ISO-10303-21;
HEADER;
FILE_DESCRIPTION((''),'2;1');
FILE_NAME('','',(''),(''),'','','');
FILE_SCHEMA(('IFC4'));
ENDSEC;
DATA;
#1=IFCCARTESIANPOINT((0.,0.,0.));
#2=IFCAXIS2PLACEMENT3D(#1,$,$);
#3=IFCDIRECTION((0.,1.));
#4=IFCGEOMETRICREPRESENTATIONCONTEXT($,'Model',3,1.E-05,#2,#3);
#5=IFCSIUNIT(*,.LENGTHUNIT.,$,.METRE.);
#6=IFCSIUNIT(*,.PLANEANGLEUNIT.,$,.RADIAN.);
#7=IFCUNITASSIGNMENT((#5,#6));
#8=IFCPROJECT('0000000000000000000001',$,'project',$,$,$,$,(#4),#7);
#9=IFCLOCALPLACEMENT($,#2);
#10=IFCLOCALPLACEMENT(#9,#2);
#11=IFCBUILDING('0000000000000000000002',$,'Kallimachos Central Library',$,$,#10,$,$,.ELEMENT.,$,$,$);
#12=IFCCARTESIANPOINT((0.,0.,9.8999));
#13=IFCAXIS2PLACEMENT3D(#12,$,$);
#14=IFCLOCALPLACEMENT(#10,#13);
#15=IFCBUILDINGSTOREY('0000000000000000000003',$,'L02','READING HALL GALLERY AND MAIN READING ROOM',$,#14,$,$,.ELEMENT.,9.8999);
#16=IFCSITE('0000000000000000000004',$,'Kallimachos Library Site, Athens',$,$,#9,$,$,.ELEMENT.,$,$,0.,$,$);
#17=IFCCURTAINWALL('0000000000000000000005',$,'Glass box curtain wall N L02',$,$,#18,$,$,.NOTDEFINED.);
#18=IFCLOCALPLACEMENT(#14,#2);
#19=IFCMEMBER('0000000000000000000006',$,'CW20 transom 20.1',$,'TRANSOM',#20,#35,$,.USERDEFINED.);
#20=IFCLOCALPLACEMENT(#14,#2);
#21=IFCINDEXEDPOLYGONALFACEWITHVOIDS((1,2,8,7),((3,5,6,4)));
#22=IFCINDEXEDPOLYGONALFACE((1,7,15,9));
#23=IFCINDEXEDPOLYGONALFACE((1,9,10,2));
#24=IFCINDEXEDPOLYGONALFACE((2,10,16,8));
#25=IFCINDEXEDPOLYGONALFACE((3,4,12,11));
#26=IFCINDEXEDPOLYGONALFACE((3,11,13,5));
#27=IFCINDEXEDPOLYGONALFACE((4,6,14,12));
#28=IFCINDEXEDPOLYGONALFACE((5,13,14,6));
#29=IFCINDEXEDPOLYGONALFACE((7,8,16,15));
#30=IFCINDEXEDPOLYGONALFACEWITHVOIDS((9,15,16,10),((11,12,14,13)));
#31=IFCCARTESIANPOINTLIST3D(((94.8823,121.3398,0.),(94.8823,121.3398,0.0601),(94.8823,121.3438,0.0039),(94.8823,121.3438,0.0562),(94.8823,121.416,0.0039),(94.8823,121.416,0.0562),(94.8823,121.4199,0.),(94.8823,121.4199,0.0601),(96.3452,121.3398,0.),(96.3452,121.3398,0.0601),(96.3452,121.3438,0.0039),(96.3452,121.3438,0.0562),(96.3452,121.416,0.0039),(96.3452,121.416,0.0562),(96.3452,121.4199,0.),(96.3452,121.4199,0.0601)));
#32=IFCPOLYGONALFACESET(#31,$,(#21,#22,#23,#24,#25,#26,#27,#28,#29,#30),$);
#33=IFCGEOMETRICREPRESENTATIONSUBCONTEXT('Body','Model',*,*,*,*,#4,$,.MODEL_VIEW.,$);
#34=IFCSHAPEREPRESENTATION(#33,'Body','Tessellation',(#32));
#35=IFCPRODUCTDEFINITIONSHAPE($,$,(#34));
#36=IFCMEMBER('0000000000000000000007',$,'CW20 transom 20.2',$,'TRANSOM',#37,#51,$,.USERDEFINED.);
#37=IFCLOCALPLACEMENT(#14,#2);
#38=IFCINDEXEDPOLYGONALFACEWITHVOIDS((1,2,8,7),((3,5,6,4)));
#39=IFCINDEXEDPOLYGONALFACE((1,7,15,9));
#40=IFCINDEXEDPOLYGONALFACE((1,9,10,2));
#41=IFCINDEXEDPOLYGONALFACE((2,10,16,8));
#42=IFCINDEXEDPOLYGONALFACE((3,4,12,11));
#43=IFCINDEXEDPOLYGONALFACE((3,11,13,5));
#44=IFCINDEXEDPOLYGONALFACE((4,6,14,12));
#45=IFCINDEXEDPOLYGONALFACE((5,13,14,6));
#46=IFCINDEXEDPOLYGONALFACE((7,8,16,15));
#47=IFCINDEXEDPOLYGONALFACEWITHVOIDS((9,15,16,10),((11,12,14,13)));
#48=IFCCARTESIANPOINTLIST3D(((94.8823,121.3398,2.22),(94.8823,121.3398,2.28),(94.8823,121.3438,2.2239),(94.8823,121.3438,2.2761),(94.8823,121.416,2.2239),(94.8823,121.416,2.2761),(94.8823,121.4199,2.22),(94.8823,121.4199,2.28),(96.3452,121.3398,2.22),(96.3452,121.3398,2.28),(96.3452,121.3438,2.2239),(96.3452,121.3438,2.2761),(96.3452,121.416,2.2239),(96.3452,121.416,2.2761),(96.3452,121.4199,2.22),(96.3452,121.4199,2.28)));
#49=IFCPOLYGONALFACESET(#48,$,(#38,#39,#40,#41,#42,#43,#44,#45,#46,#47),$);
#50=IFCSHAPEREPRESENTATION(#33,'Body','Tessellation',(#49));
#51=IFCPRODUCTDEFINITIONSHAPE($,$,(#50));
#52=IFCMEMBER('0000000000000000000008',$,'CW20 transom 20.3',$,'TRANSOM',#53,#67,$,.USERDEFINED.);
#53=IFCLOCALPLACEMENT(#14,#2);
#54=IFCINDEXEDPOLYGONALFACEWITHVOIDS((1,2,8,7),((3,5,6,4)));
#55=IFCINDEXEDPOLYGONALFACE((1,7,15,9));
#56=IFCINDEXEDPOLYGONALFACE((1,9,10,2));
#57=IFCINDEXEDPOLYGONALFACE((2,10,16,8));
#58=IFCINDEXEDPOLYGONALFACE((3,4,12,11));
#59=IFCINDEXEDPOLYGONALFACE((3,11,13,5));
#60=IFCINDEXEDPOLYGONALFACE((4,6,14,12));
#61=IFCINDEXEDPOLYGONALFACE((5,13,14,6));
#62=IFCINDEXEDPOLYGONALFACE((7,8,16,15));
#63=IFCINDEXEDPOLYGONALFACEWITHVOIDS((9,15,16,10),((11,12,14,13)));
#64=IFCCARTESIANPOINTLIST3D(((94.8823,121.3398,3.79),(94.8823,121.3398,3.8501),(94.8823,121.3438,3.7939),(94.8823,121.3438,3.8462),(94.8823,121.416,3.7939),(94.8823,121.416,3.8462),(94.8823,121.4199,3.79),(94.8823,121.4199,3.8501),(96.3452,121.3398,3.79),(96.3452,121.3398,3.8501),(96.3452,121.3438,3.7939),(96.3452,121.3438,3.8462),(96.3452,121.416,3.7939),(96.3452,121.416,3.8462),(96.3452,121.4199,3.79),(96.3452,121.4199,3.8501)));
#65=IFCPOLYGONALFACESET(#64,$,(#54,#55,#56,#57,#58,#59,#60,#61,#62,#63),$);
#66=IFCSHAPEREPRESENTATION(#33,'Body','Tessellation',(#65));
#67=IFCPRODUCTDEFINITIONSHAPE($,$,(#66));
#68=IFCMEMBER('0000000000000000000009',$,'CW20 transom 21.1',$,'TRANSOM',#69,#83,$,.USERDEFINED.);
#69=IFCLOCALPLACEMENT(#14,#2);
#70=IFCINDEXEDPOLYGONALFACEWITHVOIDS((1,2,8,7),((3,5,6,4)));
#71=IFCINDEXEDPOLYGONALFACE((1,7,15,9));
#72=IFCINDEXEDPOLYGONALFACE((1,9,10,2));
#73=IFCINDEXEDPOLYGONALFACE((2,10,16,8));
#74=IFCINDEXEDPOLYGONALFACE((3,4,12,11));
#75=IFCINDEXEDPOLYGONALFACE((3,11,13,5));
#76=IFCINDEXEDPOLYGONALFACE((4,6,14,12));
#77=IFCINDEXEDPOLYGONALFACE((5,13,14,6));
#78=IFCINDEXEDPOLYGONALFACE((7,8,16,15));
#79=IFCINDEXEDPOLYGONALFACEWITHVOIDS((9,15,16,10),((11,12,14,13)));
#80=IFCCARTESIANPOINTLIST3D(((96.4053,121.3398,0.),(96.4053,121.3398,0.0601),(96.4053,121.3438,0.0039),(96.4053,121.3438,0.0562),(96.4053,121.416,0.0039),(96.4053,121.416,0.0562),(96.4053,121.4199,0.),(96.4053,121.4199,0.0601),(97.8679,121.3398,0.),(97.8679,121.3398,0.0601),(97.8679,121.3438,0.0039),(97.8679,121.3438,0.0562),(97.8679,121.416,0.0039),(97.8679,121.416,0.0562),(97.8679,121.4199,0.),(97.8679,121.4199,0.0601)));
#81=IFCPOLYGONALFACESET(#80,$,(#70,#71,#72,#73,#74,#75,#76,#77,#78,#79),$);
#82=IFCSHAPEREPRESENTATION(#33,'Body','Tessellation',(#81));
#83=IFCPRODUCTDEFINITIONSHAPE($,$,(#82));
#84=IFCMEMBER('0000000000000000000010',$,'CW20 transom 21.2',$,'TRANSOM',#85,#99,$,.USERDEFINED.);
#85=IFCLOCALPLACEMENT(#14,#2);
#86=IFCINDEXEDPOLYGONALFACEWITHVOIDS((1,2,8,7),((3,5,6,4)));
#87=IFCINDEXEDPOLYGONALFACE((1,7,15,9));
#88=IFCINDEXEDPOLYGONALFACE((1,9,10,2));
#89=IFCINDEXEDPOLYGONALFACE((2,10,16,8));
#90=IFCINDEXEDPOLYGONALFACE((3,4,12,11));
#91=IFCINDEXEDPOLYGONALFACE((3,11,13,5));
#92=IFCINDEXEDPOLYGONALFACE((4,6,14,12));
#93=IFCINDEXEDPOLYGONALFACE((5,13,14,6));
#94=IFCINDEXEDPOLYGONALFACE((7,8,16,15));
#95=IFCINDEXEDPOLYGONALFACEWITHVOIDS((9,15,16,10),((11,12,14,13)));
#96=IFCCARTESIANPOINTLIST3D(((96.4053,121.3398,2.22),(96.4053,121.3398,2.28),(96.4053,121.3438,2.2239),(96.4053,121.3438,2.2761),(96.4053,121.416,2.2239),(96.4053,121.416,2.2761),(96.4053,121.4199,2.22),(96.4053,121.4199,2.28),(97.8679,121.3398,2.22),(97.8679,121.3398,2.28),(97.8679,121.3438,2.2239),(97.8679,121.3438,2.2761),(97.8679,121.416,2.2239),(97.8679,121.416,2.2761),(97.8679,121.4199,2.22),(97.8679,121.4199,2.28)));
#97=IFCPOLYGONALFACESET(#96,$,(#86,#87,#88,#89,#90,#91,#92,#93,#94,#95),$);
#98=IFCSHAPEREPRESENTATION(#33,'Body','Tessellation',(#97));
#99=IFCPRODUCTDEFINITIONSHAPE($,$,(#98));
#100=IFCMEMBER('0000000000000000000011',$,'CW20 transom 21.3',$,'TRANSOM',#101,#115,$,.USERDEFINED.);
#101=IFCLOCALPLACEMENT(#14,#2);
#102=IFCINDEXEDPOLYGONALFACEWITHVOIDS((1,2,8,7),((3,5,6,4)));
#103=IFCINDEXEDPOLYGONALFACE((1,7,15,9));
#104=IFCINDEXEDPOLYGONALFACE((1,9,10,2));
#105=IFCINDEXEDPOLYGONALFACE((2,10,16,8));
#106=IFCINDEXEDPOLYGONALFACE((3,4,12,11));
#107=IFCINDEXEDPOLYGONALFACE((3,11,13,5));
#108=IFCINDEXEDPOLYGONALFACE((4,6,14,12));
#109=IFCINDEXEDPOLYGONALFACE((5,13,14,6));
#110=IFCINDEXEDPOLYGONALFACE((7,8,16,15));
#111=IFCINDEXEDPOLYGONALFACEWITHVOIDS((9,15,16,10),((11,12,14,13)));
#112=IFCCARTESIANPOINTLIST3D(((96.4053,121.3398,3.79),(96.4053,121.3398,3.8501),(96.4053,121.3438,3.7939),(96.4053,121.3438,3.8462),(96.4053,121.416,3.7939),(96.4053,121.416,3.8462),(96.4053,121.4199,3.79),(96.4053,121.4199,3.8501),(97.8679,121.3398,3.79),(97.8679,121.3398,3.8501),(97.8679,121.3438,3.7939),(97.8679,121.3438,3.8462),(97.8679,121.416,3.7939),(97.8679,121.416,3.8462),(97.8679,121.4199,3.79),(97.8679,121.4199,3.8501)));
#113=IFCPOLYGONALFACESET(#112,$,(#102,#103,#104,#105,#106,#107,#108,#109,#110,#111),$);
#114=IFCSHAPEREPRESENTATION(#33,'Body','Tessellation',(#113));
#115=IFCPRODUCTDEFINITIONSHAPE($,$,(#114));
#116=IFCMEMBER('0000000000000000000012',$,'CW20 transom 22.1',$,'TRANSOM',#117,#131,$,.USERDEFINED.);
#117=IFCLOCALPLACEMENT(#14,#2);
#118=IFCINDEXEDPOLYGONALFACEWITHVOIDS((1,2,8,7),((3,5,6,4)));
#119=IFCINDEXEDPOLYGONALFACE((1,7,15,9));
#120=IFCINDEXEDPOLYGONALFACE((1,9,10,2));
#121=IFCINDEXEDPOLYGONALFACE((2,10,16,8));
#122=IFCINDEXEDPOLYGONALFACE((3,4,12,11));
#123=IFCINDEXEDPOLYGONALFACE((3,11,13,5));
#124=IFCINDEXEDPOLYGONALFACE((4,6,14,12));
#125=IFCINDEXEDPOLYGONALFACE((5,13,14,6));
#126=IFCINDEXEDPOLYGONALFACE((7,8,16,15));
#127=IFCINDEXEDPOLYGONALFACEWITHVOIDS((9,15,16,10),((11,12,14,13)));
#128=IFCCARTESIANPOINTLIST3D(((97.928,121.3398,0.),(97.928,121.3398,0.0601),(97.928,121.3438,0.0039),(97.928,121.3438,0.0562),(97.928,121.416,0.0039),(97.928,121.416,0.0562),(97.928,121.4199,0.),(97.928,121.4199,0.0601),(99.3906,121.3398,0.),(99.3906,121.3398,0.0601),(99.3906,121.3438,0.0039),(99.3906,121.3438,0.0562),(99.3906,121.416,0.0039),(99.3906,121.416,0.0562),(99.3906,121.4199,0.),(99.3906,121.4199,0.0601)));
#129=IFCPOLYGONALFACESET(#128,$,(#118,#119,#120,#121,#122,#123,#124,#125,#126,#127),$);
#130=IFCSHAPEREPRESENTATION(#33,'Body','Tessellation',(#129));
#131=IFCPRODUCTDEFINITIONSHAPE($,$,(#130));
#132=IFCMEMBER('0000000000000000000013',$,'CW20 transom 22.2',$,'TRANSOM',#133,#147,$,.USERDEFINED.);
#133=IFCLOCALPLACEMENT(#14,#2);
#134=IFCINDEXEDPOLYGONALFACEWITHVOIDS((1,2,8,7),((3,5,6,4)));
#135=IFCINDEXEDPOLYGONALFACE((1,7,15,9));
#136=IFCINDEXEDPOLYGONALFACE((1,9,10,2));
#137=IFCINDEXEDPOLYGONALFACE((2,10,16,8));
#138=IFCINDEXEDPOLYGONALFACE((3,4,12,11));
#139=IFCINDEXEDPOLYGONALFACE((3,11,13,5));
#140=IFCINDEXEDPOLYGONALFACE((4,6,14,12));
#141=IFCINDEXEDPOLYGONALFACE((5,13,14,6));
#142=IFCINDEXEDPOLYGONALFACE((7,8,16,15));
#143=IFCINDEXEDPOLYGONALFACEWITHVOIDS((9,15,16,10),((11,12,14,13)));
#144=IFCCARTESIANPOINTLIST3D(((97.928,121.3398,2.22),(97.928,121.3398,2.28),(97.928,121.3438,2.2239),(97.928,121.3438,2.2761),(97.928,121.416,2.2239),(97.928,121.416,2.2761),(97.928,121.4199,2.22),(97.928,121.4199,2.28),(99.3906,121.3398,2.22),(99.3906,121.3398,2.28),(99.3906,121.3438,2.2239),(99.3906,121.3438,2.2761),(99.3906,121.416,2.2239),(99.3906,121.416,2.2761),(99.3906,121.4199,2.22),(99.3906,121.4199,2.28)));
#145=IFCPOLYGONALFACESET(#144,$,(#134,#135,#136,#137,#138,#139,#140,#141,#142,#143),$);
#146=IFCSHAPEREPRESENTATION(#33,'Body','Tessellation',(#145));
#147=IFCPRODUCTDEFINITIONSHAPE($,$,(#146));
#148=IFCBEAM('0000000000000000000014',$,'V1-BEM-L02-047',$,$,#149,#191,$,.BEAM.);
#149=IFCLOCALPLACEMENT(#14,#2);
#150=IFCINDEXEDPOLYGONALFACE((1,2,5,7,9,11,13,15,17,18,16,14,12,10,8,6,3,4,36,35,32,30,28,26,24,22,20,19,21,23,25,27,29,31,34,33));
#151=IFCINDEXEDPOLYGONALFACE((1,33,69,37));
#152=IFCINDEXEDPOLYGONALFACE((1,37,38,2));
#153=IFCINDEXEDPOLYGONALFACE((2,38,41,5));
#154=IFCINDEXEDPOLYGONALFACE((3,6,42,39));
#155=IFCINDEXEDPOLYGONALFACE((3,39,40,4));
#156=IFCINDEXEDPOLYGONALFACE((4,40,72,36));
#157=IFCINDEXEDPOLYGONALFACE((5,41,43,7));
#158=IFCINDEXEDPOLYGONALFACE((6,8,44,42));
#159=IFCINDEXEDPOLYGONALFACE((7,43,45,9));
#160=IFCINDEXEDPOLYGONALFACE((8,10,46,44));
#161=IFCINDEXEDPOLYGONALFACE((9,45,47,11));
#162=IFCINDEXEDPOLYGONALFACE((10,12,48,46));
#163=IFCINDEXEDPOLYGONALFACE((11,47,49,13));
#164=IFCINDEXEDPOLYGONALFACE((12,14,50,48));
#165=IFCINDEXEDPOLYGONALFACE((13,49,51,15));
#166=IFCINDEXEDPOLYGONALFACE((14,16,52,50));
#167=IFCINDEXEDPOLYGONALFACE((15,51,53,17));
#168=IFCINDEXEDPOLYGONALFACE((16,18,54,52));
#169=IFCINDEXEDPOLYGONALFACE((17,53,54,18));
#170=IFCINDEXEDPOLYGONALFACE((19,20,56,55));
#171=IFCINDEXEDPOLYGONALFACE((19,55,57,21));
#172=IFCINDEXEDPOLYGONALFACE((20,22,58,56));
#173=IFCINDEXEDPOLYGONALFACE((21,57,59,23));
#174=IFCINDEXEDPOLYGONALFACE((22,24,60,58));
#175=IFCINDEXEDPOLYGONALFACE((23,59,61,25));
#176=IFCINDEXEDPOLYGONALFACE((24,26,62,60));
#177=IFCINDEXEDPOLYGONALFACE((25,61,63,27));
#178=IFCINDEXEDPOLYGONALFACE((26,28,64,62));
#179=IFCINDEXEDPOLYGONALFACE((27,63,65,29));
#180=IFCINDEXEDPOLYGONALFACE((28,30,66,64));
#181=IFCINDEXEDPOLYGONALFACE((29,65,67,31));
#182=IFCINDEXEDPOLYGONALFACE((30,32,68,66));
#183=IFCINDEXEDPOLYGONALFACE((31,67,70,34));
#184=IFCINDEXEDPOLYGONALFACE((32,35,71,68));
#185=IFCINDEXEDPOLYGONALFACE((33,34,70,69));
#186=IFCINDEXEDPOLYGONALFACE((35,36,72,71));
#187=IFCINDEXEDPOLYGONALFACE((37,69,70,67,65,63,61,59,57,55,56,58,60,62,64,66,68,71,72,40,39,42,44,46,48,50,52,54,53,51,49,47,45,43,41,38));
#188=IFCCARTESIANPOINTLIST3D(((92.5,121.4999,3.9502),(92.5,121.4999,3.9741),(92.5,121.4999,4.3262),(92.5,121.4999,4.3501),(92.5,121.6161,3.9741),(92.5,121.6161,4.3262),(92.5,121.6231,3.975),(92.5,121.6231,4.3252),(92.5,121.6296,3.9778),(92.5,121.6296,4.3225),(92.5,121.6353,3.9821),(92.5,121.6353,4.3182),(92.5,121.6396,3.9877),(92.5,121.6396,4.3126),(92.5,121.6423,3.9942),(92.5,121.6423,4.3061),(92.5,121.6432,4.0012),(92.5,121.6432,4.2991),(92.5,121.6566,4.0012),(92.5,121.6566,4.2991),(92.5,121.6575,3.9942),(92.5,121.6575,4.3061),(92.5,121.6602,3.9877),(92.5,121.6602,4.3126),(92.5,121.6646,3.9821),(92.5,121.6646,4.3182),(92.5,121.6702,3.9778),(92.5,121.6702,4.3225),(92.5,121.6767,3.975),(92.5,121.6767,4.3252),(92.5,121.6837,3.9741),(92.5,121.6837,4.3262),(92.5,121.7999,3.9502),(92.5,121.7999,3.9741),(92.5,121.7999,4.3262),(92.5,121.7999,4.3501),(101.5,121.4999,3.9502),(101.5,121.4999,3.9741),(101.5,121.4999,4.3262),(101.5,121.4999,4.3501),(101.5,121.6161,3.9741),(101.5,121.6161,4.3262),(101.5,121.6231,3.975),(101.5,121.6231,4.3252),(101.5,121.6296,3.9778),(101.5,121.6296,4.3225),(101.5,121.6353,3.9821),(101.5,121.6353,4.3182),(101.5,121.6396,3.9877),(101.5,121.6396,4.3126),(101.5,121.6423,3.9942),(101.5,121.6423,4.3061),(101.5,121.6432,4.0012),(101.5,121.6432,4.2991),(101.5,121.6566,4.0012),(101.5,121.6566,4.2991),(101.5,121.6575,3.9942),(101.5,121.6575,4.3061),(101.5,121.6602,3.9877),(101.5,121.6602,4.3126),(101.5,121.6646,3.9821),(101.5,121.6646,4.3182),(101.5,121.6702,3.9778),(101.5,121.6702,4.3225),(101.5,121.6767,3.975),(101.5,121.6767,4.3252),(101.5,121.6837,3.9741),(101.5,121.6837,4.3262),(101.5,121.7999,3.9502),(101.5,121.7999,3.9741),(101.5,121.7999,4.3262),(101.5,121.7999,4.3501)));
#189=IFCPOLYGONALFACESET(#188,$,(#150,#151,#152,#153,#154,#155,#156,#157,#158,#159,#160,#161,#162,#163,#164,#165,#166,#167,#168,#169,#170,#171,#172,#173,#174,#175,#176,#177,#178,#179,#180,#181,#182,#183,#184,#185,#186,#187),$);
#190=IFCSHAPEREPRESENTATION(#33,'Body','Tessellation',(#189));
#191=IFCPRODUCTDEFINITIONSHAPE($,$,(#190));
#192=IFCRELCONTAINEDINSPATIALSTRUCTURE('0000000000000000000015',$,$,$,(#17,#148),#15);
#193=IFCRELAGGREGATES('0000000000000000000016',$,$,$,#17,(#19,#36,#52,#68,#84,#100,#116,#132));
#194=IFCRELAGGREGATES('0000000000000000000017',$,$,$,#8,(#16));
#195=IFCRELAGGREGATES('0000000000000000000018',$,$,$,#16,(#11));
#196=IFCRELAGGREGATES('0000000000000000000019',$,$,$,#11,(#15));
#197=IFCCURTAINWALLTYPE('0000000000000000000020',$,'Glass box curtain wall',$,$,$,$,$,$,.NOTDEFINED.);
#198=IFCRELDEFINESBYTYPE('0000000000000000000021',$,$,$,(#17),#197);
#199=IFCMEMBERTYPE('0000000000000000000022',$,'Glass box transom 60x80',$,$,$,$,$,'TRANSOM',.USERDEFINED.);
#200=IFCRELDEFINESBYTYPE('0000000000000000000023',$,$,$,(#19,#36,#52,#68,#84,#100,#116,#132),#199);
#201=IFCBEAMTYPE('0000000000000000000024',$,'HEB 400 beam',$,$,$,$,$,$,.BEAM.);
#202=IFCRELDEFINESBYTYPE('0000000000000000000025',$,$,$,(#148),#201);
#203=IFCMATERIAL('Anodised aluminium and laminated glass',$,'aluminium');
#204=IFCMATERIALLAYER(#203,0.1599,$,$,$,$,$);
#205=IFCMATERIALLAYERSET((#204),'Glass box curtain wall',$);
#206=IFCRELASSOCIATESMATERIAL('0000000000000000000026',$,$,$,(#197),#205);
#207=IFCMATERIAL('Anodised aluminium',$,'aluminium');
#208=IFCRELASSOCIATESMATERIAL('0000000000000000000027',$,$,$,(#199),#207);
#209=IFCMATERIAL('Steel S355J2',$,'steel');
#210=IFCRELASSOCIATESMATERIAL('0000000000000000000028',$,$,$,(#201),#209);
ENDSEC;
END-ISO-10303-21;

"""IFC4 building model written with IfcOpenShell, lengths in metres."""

from ifc_helpers import new_model, si_unit, direction, frame, origin, origin_2d, place, context, subcontext, project, spatial, hollow_rectangle, i_section, extrude, material, layer, layer_set, material_profile, profile_set, type_object, element, aggregate, save


model = new_model("IFC4")

# Units and contexts
model_context = context("Model", 3, precision=1e-05, world=origin(), true_north=direction((0.0, 1.0)))
body_context = subcontext(model_context, "Body", "Model", "MODEL_VIEW")
ifc_project = project(units=[si_unit("LENGTHUNIT", "METRE"), si_unit("PLANEANGLEUNIT", "RADIAN")], contexts=[model_context])

# Site, building, storey
site_placement = place(None, origin())
site = spatial("IfcSite", under=ifc_project, at=site_placement, Name="Kallimachos Library Site, Athens", CompositionType="ELEMENT", RefElevation=0.0)
building_placement = place(site_placement, origin())
building = spatial("IfcBuilding", under=site, at=building_placement, Name="Kallimachos Central Library", CompositionType="ELEMENT")
storey_placement = place(building_placement, frame((0.0, 0.0, 9.8999)))
storey = spatial("IfcBuildingStorey", under=building, at=storey_placement, Name="L02", Description="READING HALL GALLERY AND MAIN READING ROOM", CompositionType="ELEMENT", Elevation=9.8999)

# Curtain wall, members
ifc_material_1 = material(Name="Anodised aluminium and laminated glass", Category="aluminium")
ifc_layer_1 = layer(ifc_material_1, 0.1599)
ifc_layer_set_1 = layer_set([ifc_layer_1], Name="Glass box curtain wall")
curtain_wall_type = type_object("IfcCurtainWallType", Name="Glass box curtain wall", PredefinedType="NOTDEFINED", material=ifc_layer_set_1)
curtain_wall_placement = place(storey_placement, origin())
curtain_wall = element("IfcCurtainWall", 1, at=curtain_wall_placement, inside=storey, type_object=curtain_wall_type, Name="Glass box curtain wall N L02", PredefinedType="NOTDEFINED")
ifc_material_2 = material(Name="Anodised aluminium", Category="aluminium")
ifc_material_profile_1 = material_profile(ifc_material_2, hollow_rectangle(XDim=0.0601, YDim=0.0801, WallThickness=0.0039, at=origin_2d()), Name="ALU TRANSOM 60x80")
ifc_profile_set_1 = profile_set([ifc_material_profile_1], Name="Anodised aluminium")
member_type_1 = type_object("IfcMemberType", Name="Glass box transom 60x80", ElementType="TRANSOM", PredefinedType="USERDEFINED", material=ifc_profile_set_1)
member_1_placement = place(storey_placement, frame((94.8823, 121.3799, 0.03), z_axis=(1.0, 0.0, 0.0), x_axis=(0.0, 0.0, 1.0)))
member_1 = element("IfcMember", 2, at=member_1_placement, type_object=member_type_1, Name="CW20 transom 20.1", ObjectType="TRANSOM", PredefinedType="USERDEFINED", context=body_context, shape_type="SweptSolid", body=[
    extrude(hollow_rectangle(XDim=0.0601, YDim=0.0801, WallThickness=0.0039, at=origin_2d()), origin(), (0.0, 0.0, 1.0), 1.4629),
])
member_2_placement = place(storey_placement, frame((94.8823, 121.3799, 2.25), z_axis=(1.0, 0.0, 0.0), x_axis=(0.0, 0.0, 1.0)))
member_2 = element("IfcMember", 3, at=member_2_placement, type_object=member_type_1, Name="CW20 transom 20.2", ObjectType="TRANSOM", PredefinedType="USERDEFINED", context=body_context, shape_type="SweptSolid", body=[
    extrude(hollow_rectangle(XDim=0.0601, YDim=0.0801, WallThickness=0.0039, at=origin_2d()), origin(), (0.0, 0.0, 1.0), 1.4629),
])
member_3_placement = place(storey_placement, frame((94.8823, 121.3799, 3.8201), z_axis=(1.0, 0.0, 0.0), x_axis=(0.0, 0.0, 1.0)))
member_3 = element("IfcMember", 4, at=member_3_placement, type_object=member_type_1, Name="CW20 transom 20.3", ObjectType="TRANSOM", PredefinedType="USERDEFINED", context=body_context, shape_type="SweptSolid", body=[
    extrude(hollow_rectangle(XDim=0.0601, YDim=0.0801, WallThickness=0.0039, at=origin_2d()), origin(), (0.0, 0.0, 1.0), 1.4629),
])
member_4_placement = place(storey_placement, frame((96.4053, 121.3799, 0.03), z_axis=(1.0, 0.0, 0.0), x_axis=(0.0, 0.0, 1.0)))
member_4 = element("IfcMember", 5, at=member_4_placement, type_object=member_type_1, Name="CW20 transom 21.1", ObjectType="TRANSOM", PredefinedType="USERDEFINED", context=body_context, shape_type="SweptSolid", body=[
    extrude(hollow_rectangle(XDim=0.0601, YDim=0.0801, WallThickness=0.0039, at=origin_2d()), origin(), (0.0, 0.0, 1.0), 1.4626),
])
member_5_placement = place(storey_placement, frame((96.4053, 121.3799, 2.25), z_axis=(1.0, 0.0, 0.0), x_axis=(0.0, 0.0, 1.0)))
member_5 = element("IfcMember", 6, at=member_5_placement, type_object=member_type_1, Name="CW20 transom 21.2", ObjectType="TRANSOM", PredefinedType="USERDEFINED", context=body_context, shape_type="SweptSolid", body=[
    extrude(hollow_rectangle(XDim=0.0601, YDim=0.0801, WallThickness=0.0039, at=origin_2d()), origin(), (0.0, 0.0, 1.0), 1.4626),
])
member_6_placement = place(storey_placement, frame((96.4053, 121.3799, 3.8201), z_axis=(1.0, 0.0, 0.0), x_axis=(0.0, 0.0, 1.0)))
member_6 = element("IfcMember", 7, at=member_6_placement, type_object=member_type_1, Name="CW20 transom 21.3", ObjectType="TRANSOM", PredefinedType="USERDEFINED", context=body_context, shape_type="SweptSolid", body=[
    extrude(hollow_rectangle(XDim=0.0601, YDim=0.0801, WallThickness=0.0039, at=origin_2d()), origin(), (0.0, 0.0, 1.0), 1.4626),
])
member_7_placement = place(storey_placement, frame((97.928, 121.3799, 0.03), z_axis=(1.0, 0.0, 0.0), x_axis=(0.0, 0.0, 1.0)))
member_7 = element("IfcMember", 8, at=member_7_placement, type_object=member_type_1, Name="CW20 transom 22.1", ObjectType="TRANSOM", PredefinedType="USERDEFINED", context=body_context, shape_type="SweptSolid", body=[
    extrude(hollow_rectangle(XDim=0.0601, YDim=0.0801, WallThickness=0.0039, at=origin_2d()), origin(), (0.0, 0.0, 1.0), 1.4626),
])
member_8_placement = place(storey_placement, frame((97.928, 121.3799, 2.25), z_axis=(1.0, 0.0, 0.0), x_axis=(0.0, 0.0, 1.0)))
member_8 = element("IfcMember", 9, at=member_8_placement, type_object=member_type_1, Name="CW20 transom 22.2", ObjectType="TRANSOM", PredefinedType="USERDEFINED", context=body_context, shape_type="SweptSolid", body=[
    extrude(hollow_rectangle(XDim=0.0601, YDim=0.0801, WallThickness=0.0039, at=origin_2d()), origin(), (0.0, 0.0, 1.0), 1.4626),
])

# Beam
ifc_material_3 = material(Name="Steel S355J2", Category="steel")
ifc_material_profile_2 = material_profile(ifc_material_3, i_section(OverallWidth=0.3, OverallDepth=0.3999, WebThickness=0.0134, FlangeThickness=0.0239, FilletRadius=0.0271, at=origin_2d()), Name="HEB 400")
ifc_profile_set_2 = profile_set([ifc_material_profile_2], Name="Steel S355J2")
beam_type = type_object("IfcBeamType", Name="HEB 400 beam", PredefinedType="BEAM", material=ifc_profile_set_2)
beam_placement = place(storey_placement, frame((92.5, 121.6499, 4.1501), z_axis=(1.0, 0.0, 0.0), x_axis=(0.0, 1.0, 0.0)))
element("IfcBeam", 10, at=beam_placement, inside=storey, type_object=beam_type, Name="V1-BEM-L02-047", PredefinedType="BEAM", context=body_context, shape_type="SweptSolid", body=[
    extrude(i_section(OverallWidth=0.3, OverallDepth=0.3999, WebThickness=0.0134, FlangeThickness=0.0239, FilletRadius=0.0271, at=origin_2d()), origin(), (0.0, 0.0, 1.0), 9.0),
])

aggregate(curtain_wall, [member_1, member_2, member_3, member_4, member_5, member_6, member_7, member_8])

save(model, "model.ifc")
